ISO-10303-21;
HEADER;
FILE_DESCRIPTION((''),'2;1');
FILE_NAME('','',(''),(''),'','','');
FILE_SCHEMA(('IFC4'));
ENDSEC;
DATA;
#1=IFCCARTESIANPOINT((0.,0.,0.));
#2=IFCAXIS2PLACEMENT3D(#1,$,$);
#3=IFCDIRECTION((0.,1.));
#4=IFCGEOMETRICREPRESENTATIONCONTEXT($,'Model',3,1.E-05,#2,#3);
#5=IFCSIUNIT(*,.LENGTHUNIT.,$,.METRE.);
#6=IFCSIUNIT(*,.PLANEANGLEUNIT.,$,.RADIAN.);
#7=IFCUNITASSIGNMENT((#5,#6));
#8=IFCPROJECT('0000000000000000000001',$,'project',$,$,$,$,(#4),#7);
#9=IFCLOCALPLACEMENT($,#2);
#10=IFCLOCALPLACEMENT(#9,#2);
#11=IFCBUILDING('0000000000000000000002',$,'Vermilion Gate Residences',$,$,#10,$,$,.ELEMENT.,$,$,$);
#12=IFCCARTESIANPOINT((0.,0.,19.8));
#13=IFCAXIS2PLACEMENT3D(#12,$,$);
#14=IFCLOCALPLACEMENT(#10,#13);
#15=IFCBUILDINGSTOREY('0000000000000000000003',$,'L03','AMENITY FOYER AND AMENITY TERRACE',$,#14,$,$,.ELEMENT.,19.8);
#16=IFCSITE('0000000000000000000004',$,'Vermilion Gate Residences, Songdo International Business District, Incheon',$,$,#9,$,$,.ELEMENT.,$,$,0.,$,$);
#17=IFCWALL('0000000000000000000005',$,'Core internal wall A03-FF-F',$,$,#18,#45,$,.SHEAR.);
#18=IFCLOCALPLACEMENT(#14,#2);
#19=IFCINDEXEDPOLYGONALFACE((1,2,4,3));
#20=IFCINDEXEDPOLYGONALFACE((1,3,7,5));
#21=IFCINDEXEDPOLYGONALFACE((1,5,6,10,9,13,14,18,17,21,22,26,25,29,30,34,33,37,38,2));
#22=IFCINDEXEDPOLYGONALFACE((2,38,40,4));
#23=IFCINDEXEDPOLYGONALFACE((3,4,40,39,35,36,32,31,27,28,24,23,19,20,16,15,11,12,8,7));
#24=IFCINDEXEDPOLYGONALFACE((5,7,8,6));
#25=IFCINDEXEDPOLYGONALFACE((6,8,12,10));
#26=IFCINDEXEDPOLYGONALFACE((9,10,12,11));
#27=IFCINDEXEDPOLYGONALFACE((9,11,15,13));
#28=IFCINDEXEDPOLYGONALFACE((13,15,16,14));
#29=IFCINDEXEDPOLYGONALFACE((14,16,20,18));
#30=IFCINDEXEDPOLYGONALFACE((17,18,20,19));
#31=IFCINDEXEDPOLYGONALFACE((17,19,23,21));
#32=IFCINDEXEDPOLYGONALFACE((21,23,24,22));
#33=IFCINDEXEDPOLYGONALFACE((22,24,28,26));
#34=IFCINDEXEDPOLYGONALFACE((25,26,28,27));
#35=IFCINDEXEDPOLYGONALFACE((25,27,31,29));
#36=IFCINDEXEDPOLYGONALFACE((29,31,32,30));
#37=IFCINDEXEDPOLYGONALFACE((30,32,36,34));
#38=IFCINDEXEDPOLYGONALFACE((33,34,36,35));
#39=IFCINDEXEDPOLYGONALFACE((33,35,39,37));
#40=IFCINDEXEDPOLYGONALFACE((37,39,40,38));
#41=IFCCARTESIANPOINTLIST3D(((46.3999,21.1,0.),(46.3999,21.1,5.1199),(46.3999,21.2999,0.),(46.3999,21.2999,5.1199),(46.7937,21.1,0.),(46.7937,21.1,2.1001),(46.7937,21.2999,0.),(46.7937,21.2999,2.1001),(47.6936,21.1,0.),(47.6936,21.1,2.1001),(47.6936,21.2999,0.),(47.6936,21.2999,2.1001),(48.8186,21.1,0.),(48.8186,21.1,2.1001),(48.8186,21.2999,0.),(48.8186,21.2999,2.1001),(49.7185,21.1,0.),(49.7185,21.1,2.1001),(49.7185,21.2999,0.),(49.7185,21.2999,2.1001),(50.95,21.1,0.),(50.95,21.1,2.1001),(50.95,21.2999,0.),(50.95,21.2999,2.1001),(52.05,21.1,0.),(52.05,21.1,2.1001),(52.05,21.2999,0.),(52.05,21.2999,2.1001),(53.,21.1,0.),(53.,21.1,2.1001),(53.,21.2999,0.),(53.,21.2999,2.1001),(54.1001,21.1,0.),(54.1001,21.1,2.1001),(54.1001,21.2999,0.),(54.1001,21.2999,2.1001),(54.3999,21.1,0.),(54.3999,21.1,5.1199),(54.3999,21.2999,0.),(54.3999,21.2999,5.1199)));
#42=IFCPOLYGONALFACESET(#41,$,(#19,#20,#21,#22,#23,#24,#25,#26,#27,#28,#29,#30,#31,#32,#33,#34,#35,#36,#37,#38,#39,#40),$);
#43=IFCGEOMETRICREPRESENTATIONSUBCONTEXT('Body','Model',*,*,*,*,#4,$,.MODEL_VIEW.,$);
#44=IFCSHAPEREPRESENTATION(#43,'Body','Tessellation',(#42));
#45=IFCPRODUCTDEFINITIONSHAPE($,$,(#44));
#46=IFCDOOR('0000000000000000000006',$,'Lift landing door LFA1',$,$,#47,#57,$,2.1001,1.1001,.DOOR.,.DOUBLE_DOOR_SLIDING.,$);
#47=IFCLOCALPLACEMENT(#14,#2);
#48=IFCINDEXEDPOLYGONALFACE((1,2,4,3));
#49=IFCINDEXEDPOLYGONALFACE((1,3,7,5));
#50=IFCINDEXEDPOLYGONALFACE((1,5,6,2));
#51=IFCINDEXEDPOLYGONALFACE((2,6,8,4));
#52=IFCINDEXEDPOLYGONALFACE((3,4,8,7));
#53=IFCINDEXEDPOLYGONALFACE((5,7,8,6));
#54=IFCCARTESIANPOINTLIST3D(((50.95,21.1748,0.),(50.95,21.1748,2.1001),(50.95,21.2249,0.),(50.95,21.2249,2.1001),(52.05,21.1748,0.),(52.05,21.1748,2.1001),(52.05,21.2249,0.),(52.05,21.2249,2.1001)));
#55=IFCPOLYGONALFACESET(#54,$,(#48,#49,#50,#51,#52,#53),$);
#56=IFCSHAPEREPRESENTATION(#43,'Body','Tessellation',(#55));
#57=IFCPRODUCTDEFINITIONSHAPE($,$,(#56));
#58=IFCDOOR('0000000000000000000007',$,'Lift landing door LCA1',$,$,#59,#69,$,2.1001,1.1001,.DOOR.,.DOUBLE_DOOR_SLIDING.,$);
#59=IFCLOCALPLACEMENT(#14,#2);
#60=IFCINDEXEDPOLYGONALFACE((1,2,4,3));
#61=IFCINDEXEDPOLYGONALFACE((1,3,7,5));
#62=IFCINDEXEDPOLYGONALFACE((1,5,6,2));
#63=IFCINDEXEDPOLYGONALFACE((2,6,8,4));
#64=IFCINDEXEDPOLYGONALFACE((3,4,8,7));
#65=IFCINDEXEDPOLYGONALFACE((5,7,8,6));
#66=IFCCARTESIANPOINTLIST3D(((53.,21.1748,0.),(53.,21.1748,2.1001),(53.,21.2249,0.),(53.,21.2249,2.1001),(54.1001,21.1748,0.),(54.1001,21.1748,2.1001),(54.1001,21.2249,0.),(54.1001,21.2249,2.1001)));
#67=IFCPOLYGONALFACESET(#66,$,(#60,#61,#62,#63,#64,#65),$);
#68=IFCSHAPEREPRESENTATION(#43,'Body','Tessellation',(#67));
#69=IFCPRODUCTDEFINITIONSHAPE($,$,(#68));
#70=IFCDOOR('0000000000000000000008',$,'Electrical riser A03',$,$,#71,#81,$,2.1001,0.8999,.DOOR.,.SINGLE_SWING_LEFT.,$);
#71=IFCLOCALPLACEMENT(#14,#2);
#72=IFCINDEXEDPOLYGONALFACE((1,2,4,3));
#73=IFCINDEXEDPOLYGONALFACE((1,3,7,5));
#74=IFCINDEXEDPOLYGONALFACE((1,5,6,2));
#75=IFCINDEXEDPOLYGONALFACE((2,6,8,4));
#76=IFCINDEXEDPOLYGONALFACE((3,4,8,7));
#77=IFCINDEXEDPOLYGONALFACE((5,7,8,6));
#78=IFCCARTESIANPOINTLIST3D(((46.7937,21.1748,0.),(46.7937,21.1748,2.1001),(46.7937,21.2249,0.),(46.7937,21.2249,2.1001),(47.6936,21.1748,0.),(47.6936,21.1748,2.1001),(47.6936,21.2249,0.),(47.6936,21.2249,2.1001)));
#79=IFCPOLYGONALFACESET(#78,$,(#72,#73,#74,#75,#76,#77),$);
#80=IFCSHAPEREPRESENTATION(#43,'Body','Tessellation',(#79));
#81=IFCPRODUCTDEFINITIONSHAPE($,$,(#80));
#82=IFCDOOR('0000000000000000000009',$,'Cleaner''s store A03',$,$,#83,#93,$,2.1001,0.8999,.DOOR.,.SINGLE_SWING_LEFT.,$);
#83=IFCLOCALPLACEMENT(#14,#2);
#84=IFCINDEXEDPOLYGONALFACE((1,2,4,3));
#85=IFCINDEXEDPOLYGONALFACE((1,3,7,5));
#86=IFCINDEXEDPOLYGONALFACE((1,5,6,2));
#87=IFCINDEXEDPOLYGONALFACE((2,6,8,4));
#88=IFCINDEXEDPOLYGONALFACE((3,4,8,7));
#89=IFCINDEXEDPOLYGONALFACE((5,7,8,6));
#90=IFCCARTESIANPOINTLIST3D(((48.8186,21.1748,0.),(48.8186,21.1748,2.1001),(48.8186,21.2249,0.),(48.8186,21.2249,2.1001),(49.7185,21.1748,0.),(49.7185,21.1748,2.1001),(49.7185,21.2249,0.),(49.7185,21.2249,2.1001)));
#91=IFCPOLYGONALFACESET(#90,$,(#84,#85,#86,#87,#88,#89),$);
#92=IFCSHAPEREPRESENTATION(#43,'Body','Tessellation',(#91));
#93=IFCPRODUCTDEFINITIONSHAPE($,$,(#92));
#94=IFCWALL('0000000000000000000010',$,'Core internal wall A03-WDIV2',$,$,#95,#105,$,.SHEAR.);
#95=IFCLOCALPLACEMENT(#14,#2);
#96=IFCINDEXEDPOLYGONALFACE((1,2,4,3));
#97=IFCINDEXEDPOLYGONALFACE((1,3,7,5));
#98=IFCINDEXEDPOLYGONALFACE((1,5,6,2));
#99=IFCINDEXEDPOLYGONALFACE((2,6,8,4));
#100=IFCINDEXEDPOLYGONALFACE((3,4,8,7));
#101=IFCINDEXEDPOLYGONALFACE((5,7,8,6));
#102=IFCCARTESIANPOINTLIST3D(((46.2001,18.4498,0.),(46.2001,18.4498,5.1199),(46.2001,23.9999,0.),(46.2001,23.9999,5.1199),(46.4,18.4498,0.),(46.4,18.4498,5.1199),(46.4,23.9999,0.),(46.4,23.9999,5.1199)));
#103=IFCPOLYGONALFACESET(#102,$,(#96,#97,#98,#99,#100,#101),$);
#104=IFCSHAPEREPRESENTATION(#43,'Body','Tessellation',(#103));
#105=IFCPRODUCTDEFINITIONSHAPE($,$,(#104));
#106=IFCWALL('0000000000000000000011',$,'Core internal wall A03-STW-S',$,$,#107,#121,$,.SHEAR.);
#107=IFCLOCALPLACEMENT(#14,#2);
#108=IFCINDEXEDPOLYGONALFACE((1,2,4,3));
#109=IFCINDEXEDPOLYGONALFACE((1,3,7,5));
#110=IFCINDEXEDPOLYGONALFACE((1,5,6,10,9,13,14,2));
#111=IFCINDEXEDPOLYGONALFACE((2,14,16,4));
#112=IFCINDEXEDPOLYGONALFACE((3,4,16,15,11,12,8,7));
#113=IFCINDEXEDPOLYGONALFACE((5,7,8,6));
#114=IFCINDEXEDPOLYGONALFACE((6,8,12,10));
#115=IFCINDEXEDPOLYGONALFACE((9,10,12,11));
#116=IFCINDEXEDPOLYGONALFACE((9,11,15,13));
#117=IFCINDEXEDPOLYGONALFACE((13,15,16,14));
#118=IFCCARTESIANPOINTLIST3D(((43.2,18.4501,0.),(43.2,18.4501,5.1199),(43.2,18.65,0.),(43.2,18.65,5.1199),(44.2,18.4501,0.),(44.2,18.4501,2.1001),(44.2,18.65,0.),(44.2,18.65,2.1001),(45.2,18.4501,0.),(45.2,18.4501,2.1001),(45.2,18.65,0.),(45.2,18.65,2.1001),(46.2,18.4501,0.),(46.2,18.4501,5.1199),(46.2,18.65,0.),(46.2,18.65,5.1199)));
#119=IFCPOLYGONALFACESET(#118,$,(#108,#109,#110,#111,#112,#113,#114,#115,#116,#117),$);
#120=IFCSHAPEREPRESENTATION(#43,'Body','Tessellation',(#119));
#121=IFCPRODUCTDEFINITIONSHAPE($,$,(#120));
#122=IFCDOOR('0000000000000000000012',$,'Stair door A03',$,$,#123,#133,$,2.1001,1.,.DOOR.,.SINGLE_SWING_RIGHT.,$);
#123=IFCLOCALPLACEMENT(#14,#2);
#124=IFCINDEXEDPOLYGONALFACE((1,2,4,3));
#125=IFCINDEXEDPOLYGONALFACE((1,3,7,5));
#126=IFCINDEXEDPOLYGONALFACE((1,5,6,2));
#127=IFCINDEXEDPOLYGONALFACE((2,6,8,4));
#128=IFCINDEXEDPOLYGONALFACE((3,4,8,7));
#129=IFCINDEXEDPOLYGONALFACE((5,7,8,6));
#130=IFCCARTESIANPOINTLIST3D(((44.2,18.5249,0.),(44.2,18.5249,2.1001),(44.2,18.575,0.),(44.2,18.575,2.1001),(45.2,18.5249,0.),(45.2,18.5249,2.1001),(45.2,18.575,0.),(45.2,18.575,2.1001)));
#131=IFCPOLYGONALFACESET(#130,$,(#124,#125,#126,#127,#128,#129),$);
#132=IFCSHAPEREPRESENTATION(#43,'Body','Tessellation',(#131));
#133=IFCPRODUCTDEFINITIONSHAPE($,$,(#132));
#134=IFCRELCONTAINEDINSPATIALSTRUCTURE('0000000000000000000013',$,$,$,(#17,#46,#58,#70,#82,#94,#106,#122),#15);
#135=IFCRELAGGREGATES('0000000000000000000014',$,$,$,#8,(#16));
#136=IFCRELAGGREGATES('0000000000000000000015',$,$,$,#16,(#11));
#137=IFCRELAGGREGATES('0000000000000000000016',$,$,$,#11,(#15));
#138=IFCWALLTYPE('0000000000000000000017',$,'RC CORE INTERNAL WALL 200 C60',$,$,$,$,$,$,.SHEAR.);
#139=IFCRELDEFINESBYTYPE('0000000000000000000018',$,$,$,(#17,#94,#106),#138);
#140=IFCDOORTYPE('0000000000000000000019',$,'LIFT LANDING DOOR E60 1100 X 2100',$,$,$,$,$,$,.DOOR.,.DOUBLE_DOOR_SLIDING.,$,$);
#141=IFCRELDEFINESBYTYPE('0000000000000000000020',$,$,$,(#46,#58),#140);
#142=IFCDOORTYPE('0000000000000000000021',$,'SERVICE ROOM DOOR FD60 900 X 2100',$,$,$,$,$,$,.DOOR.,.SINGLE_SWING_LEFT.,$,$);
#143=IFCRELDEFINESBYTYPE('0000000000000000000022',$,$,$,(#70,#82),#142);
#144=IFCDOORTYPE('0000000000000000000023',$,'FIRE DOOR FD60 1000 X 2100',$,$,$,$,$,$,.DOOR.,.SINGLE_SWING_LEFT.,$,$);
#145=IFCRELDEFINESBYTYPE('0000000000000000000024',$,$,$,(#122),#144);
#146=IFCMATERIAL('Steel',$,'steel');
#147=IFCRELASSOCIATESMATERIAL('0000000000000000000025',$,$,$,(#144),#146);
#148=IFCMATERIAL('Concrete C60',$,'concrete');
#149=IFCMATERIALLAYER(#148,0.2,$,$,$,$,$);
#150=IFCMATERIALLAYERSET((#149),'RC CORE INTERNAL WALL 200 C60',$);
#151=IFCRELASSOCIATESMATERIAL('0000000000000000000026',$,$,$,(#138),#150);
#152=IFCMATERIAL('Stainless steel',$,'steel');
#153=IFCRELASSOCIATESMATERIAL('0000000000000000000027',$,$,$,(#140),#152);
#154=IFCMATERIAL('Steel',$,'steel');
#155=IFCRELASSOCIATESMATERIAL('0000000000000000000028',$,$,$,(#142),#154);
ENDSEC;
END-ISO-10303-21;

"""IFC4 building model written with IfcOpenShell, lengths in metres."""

from ifc_helpers import new_model, si_unit, direction, frame, frame_2d, origin, place, context, subcontext, project, spatial, rectangle, extrude, material, layer, layer_set, type_object, element, fill, save


model = new_model("IFC4")

# Units and contexts
model_context = context("Model", 3, precision=1e-05, world=origin(), true_north=direction((0.0, 1.0)))
body_context = subcontext(model_context, "Body", "Model", "MODEL_VIEW")
ifc_project = project(units=[si_unit("LENGTHUNIT", "METRE"), si_unit("PLANEANGLEUNIT", "RADIAN")], contexts=[model_context])

# Site, building, storey
site_placement = place(None, origin())
site = spatial("IfcSite", under=ifc_project, at=site_placement, Name="Vermilion Gate Residences, Songdo International Business District, Incheon", CompositionType="ELEMENT", RefElevation=0.0)
building_placement = place(site_placement, origin())
building = spatial("IfcBuilding", under=site, at=building_placement, Name="Vermilion Gate Residences", CompositionType="ELEMENT")
storey_placement = place(building_placement, frame((0.0, 0.0, 19.8)))
storey = spatial("IfcBuildingStorey", under=building, at=storey_placement, Name="L03", Description="AMENITY FOYER AND AMENITY TERRACE", CompositionType="ELEMENT", Elevation=19.8)

# Shared definitions
ifc_material_1 = material(Name="Steel", Category="steel")
door_type_1 = type_object("IfcDoorType", Name="FIRE DOOR FD60 1000 X 2100", OperationType="SINGLE_SWING_LEFT", PredefinedType="DOOR", material=ifc_material_1)

# Shared definitions
ifc_material_2 = material(Name="Concrete C60", Category="concrete")
ifc_layer_1 = layer(ifc_material_2, 0.2)
ifc_layer_set_1 = layer_set([ifc_layer_1], Name="RC CORE INTERNAL WALL 200 C60")
wall_type_1 = type_object("IfcWallType", Name="RC CORE INTERNAL WALL 200 C60", PredefinedType="SHEAR", material=ifc_layer_set_1)

# Wall, openings, doors
wall_1_placement = place(storey_placement, frame((46.3999, 21.2, 0.0), z_axis=(0.0, 0.0, 1.0), x_axis=(1.0, 0.0, 0.0)))
wall_1 = element("IfcWall", 1, at=wall_1_placement, inside=storey, type_object=wall_type_1, Name="Core internal wall A03-FF-F", PredefinedType="SHEAR", context=body_context, shape_type="SweptSolid", body=[
    extrude(rectangle(XDim=8.0, YDim=0.2, at=frame_2d((4.0, 0.0))), origin(), (0.0, 0.0, 1.0), 5.1199),
])
opening_1_placement = place(wall_1_placement, frame((0.3938, 0.0, 0.0)))
opening_1 = element("IfcOpeningElement", 2, at=opening_1_placement, cuts=wall_1, PredefinedType="OPENING", context=body_context, shape_type="SweptSolid", body=[
    extrude(rectangle(XDim=0.8999, YDim=2.1001, at=frame_2d((0.45, 1.05))), frame((0.0, 0.1099, 0.0), z_axis=(0.0, -1.0, 0.0), x_axis=(1.0, 0.0, 0.0)), (0.0, 0.0, 1.0), 0.22),
])
opening_2_placement = place(wall_1_placement, frame((2.4187, 0.0, 0.0)))
opening_2 = element("IfcOpeningElement", 3, at=opening_2_placement, cuts=wall_1, PredefinedType="OPENING", context=body_context, shape_type="SweptSolid", body=[
    extrude(rectangle(XDim=0.8999, YDim=2.1001, at=frame_2d((0.45, 1.05))), frame((0.0, 0.1099, 0.0), z_axis=(0.0, -1.0, 0.0), x_axis=(1.0, 0.0, 0.0)), (0.0, 0.0, 1.0), 0.22),
])
opening_3_placement = place(wall_1_placement, frame((4.55, 0.0, 0.0)))
opening_3 = element("IfcOpeningElement", 4, at=opening_3_placement, cuts=wall_1, PredefinedType="OPENING", context=body_context, shape_type="SweptSolid", body=[
    extrude(rectangle(XDim=1.1001, YDim=2.1001, at=frame_2d((0.55, 1.05))), frame((0.0, 0.1099, 0.0), z_axis=(0.0, -1.0, 0.0), x_axis=(1.0, 0.0, 0.0)), (0.0, 0.0, 1.0), 0.22),
])
opening_4_placement = place(wall_1_placement, frame((6.6001, 0.0, 0.0)))
opening_4 = element("IfcOpeningElement", 5, at=opening_4_placement, cuts=wall_1, PredefinedType="OPENING", context=body_context, shape_type="SweptSolid", body=[
    extrude(rectangle(XDim=1.1001, YDim=2.1001, at=frame_2d((0.55, 1.05))), frame((0.0, 0.1099, 0.0), z_axis=(0.0, -1.0, 0.0), x_axis=(1.0, 0.0, 0.0)), (0.0, 0.0, 1.0), 0.22),
])
ifc_material_3 = material(Name="Stainless steel", Category="steel")
door_type_2 = type_object("IfcDoorType", Name="LIFT LANDING DOOR E60 1100 X 2100", OperationType="DOUBLE_DOOR_SLIDING", PredefinedType="DOOR", material=ifc_material_3)
door_1_placement = place(opening_3_placement, origin())
door_1 = element("IfcDoor", 6, at=door_1_placement, inside=storey, type_object=door_type_2, Name="Lift landing door LFA1", OperationType="DOUBLE_DOOR_SLIDING", OverallHeight=2.1001, OverallWidth=1.1001, PredefinedType="DOOR", context=body_context, shape_type="SweptSolid", body=[
    extrude(rectangle(XDim=1.1001, YDim=2.1001, at=frame_2d((0.55, 1.05))), frame((0.0, 0.0249, 0.0), z_axis=(0.0, -1.0, 0.0), x_axis=(1.0, 0.0, 0.0)), (0.0, 0.0, 1.0), 0.05),
])
fill(opening_3, door_1)
door_2_placement = place(opening_4_placement, origin())
door_2 = element("IfcDoor", 7, at=door_2_placement, inside=storey, type_object=door_type_2, Name="Lift landing door LCA1", OperationType="DOUBLE_DOOR_SLIDING", OverallHeight=2.1001, OverallWidth=1.1001, PredefinedType="DOOR", context=body_context, shape_type="SweptSolid", body=[
    extrude(rectangle(XDim=1.1001, YDim=2.1001, at=frame_2d((0.55, 1.05))), frame((0.0, 0.0249, 0.0), z_axis=(0.0, -1.0, 0.0), x_axis=(1.0, 0.0, 0.0)), (0.0, 0.0, 1.0), 0.05),
])
fill(opening_4, door_2)
ifc_material_4 = material(Name="Steel", Category="steel")
door_type_3 = type_object("IfcDoorType", Name="SERVICE ROOM DOOR FD60 900 X 2100", OperationType="SINGLE_SWING_LEFT", PredefinedType="DOOR", material=ifc_material_4)
door_3_placement = place(opening_1_placement, origin())
door_3 = element("IfcDoor", 8, at=door_3_placement, inside=storey, type_object=door_type_3, Name="Electrical riser A03", OperationType="SINGLE_SWING_LEFT", OverallHeight=2.1001, OverallWidth=0.8999, PredefinedType="DOOR", context=body_context, shape_type="SweptSolid", body=[
    extrude(rectangle(XDim=0.8999, YDim=2.1001, at=frame_2d((0.45, 1.05))), frame((0.0, 0.0249, 0.0), z_axis=(0.0, -1.0, 0.0), x_axis=(1.0, 0.0, 0.0)), (0.0, 0.0, 1.0), 0.05),
])
fill(opening_1, door_3)
door_4_placement = place(opening_2_placement, origin())
door_4 = element("IfcDoor", 9, at=door_4_placement, inside=storey, type_object=door_type_3, Name="Cleaner's store A03", OperationType="SINGLE_SWING_LEFT", OverallHeight=2.1001, OverallWidth=0.8999, PredefinedType="DOOR", context=body_context, shape_type="SweptSolid", body=[
    extrude(rectangle(XDim=0.8999, YDim=2.1001, at=frame_2d((0.45, 1.05))), frame((0.0, 0.0249, 0.0), z_axis=(0.0, -1.0, 0.0), x_axis=(1.0, 0.0, 0.0)), (0.0, 0.0, 1.0), 0.05),
])
fill(opening_2, door_4)

# Wall
wall_2_placement = place(storey_placement, frame((46.3, 18.45, 0.0), z_axis=(0.0, 0.0, 1.0), x_axis=(0.0, 1.0, 0.0)))
element("IfcWall", 10, at=wall_2_placement, inside=storey, type_object=wall_type_1, Name="Core internal wall A03-WDIV2", PredefinedType="SHEAR", context=body_context, shape_type="SweptSolid", body=[
    extrude(rectangle(XDim=5.55, YDim=0.2, at=frame_2d((2.7749, 0.0))), origin(), (0.0, 0.0, 1.0), 5.1199),
])

# Wall, opening, door
wall_3_placement = place(storey_placement, frame((43.2, 18.55, 0.0), z_axis=(0.0, 0.0, 1.0), x_axis=(1.0, 0.0, 0.0)))
wall_3 = element("IfcWall", 11, at=wall_3_placement, inside=storey, type_object=wall_type_1, Name="Core internal wall A03-STW-S", PredefinedType="SHEAR", context=body_context, shape_type="SweptSolid", body=[
    extrude(rectangle(XDim=3.0, YDim=0.2, at=frame_2d((1.5, 0.0))), origin(), (0.0, 0.0, 1.0), 5.1199),
])
opening_5_placement = place(wall_3_placement, frame((1.0, 0.0, 0.0)))
opening_5 = element("IfcOpeningElement", 12, at=opening_5_placement, cuts=wall_3, PredefinedType="OPENING", context=body_context, shape_type="SweptSolid", body=[
    extrude(rectangle(XDim=1.0, YDim=2.1001, at=frame_2d((0.5, 1.05))), frame((0.0, 0.1099, 0.0), z_axis=(0.0, -1.0, 0.0), x_axis=(1.0, 0.0, 0.0)), (0.0, 0.0, 1.0), 0.22),
])
door_5_placement = place(opening_5_placement, origin())
door_5 = element("IfcDoor", 13, at=door_5_placement, inside=storey, type_object=door_type_1, Name="Stair door A03", OperationType="SINGLE_SWING_RIGHT", OverallHeight=2.1001, OverallWidth=1.0, PredefinedType="DOOR", context=body_context, shape_type="SweptSolid", body=[
    extrude(rectangle(XDim=1.0, YDim=2.1001, at=frame_2d((0.5, 1.05))), frame((0.0, 0.0249, 0.0), z_axis=(0.0, -1.0, 0.0), x_axis=(1.0, 0.0, 0.0)), (0.0, 0.0, 1.0), 0.05),
])
fill(opening_5, door_5)

save(model, "model.ifc")
